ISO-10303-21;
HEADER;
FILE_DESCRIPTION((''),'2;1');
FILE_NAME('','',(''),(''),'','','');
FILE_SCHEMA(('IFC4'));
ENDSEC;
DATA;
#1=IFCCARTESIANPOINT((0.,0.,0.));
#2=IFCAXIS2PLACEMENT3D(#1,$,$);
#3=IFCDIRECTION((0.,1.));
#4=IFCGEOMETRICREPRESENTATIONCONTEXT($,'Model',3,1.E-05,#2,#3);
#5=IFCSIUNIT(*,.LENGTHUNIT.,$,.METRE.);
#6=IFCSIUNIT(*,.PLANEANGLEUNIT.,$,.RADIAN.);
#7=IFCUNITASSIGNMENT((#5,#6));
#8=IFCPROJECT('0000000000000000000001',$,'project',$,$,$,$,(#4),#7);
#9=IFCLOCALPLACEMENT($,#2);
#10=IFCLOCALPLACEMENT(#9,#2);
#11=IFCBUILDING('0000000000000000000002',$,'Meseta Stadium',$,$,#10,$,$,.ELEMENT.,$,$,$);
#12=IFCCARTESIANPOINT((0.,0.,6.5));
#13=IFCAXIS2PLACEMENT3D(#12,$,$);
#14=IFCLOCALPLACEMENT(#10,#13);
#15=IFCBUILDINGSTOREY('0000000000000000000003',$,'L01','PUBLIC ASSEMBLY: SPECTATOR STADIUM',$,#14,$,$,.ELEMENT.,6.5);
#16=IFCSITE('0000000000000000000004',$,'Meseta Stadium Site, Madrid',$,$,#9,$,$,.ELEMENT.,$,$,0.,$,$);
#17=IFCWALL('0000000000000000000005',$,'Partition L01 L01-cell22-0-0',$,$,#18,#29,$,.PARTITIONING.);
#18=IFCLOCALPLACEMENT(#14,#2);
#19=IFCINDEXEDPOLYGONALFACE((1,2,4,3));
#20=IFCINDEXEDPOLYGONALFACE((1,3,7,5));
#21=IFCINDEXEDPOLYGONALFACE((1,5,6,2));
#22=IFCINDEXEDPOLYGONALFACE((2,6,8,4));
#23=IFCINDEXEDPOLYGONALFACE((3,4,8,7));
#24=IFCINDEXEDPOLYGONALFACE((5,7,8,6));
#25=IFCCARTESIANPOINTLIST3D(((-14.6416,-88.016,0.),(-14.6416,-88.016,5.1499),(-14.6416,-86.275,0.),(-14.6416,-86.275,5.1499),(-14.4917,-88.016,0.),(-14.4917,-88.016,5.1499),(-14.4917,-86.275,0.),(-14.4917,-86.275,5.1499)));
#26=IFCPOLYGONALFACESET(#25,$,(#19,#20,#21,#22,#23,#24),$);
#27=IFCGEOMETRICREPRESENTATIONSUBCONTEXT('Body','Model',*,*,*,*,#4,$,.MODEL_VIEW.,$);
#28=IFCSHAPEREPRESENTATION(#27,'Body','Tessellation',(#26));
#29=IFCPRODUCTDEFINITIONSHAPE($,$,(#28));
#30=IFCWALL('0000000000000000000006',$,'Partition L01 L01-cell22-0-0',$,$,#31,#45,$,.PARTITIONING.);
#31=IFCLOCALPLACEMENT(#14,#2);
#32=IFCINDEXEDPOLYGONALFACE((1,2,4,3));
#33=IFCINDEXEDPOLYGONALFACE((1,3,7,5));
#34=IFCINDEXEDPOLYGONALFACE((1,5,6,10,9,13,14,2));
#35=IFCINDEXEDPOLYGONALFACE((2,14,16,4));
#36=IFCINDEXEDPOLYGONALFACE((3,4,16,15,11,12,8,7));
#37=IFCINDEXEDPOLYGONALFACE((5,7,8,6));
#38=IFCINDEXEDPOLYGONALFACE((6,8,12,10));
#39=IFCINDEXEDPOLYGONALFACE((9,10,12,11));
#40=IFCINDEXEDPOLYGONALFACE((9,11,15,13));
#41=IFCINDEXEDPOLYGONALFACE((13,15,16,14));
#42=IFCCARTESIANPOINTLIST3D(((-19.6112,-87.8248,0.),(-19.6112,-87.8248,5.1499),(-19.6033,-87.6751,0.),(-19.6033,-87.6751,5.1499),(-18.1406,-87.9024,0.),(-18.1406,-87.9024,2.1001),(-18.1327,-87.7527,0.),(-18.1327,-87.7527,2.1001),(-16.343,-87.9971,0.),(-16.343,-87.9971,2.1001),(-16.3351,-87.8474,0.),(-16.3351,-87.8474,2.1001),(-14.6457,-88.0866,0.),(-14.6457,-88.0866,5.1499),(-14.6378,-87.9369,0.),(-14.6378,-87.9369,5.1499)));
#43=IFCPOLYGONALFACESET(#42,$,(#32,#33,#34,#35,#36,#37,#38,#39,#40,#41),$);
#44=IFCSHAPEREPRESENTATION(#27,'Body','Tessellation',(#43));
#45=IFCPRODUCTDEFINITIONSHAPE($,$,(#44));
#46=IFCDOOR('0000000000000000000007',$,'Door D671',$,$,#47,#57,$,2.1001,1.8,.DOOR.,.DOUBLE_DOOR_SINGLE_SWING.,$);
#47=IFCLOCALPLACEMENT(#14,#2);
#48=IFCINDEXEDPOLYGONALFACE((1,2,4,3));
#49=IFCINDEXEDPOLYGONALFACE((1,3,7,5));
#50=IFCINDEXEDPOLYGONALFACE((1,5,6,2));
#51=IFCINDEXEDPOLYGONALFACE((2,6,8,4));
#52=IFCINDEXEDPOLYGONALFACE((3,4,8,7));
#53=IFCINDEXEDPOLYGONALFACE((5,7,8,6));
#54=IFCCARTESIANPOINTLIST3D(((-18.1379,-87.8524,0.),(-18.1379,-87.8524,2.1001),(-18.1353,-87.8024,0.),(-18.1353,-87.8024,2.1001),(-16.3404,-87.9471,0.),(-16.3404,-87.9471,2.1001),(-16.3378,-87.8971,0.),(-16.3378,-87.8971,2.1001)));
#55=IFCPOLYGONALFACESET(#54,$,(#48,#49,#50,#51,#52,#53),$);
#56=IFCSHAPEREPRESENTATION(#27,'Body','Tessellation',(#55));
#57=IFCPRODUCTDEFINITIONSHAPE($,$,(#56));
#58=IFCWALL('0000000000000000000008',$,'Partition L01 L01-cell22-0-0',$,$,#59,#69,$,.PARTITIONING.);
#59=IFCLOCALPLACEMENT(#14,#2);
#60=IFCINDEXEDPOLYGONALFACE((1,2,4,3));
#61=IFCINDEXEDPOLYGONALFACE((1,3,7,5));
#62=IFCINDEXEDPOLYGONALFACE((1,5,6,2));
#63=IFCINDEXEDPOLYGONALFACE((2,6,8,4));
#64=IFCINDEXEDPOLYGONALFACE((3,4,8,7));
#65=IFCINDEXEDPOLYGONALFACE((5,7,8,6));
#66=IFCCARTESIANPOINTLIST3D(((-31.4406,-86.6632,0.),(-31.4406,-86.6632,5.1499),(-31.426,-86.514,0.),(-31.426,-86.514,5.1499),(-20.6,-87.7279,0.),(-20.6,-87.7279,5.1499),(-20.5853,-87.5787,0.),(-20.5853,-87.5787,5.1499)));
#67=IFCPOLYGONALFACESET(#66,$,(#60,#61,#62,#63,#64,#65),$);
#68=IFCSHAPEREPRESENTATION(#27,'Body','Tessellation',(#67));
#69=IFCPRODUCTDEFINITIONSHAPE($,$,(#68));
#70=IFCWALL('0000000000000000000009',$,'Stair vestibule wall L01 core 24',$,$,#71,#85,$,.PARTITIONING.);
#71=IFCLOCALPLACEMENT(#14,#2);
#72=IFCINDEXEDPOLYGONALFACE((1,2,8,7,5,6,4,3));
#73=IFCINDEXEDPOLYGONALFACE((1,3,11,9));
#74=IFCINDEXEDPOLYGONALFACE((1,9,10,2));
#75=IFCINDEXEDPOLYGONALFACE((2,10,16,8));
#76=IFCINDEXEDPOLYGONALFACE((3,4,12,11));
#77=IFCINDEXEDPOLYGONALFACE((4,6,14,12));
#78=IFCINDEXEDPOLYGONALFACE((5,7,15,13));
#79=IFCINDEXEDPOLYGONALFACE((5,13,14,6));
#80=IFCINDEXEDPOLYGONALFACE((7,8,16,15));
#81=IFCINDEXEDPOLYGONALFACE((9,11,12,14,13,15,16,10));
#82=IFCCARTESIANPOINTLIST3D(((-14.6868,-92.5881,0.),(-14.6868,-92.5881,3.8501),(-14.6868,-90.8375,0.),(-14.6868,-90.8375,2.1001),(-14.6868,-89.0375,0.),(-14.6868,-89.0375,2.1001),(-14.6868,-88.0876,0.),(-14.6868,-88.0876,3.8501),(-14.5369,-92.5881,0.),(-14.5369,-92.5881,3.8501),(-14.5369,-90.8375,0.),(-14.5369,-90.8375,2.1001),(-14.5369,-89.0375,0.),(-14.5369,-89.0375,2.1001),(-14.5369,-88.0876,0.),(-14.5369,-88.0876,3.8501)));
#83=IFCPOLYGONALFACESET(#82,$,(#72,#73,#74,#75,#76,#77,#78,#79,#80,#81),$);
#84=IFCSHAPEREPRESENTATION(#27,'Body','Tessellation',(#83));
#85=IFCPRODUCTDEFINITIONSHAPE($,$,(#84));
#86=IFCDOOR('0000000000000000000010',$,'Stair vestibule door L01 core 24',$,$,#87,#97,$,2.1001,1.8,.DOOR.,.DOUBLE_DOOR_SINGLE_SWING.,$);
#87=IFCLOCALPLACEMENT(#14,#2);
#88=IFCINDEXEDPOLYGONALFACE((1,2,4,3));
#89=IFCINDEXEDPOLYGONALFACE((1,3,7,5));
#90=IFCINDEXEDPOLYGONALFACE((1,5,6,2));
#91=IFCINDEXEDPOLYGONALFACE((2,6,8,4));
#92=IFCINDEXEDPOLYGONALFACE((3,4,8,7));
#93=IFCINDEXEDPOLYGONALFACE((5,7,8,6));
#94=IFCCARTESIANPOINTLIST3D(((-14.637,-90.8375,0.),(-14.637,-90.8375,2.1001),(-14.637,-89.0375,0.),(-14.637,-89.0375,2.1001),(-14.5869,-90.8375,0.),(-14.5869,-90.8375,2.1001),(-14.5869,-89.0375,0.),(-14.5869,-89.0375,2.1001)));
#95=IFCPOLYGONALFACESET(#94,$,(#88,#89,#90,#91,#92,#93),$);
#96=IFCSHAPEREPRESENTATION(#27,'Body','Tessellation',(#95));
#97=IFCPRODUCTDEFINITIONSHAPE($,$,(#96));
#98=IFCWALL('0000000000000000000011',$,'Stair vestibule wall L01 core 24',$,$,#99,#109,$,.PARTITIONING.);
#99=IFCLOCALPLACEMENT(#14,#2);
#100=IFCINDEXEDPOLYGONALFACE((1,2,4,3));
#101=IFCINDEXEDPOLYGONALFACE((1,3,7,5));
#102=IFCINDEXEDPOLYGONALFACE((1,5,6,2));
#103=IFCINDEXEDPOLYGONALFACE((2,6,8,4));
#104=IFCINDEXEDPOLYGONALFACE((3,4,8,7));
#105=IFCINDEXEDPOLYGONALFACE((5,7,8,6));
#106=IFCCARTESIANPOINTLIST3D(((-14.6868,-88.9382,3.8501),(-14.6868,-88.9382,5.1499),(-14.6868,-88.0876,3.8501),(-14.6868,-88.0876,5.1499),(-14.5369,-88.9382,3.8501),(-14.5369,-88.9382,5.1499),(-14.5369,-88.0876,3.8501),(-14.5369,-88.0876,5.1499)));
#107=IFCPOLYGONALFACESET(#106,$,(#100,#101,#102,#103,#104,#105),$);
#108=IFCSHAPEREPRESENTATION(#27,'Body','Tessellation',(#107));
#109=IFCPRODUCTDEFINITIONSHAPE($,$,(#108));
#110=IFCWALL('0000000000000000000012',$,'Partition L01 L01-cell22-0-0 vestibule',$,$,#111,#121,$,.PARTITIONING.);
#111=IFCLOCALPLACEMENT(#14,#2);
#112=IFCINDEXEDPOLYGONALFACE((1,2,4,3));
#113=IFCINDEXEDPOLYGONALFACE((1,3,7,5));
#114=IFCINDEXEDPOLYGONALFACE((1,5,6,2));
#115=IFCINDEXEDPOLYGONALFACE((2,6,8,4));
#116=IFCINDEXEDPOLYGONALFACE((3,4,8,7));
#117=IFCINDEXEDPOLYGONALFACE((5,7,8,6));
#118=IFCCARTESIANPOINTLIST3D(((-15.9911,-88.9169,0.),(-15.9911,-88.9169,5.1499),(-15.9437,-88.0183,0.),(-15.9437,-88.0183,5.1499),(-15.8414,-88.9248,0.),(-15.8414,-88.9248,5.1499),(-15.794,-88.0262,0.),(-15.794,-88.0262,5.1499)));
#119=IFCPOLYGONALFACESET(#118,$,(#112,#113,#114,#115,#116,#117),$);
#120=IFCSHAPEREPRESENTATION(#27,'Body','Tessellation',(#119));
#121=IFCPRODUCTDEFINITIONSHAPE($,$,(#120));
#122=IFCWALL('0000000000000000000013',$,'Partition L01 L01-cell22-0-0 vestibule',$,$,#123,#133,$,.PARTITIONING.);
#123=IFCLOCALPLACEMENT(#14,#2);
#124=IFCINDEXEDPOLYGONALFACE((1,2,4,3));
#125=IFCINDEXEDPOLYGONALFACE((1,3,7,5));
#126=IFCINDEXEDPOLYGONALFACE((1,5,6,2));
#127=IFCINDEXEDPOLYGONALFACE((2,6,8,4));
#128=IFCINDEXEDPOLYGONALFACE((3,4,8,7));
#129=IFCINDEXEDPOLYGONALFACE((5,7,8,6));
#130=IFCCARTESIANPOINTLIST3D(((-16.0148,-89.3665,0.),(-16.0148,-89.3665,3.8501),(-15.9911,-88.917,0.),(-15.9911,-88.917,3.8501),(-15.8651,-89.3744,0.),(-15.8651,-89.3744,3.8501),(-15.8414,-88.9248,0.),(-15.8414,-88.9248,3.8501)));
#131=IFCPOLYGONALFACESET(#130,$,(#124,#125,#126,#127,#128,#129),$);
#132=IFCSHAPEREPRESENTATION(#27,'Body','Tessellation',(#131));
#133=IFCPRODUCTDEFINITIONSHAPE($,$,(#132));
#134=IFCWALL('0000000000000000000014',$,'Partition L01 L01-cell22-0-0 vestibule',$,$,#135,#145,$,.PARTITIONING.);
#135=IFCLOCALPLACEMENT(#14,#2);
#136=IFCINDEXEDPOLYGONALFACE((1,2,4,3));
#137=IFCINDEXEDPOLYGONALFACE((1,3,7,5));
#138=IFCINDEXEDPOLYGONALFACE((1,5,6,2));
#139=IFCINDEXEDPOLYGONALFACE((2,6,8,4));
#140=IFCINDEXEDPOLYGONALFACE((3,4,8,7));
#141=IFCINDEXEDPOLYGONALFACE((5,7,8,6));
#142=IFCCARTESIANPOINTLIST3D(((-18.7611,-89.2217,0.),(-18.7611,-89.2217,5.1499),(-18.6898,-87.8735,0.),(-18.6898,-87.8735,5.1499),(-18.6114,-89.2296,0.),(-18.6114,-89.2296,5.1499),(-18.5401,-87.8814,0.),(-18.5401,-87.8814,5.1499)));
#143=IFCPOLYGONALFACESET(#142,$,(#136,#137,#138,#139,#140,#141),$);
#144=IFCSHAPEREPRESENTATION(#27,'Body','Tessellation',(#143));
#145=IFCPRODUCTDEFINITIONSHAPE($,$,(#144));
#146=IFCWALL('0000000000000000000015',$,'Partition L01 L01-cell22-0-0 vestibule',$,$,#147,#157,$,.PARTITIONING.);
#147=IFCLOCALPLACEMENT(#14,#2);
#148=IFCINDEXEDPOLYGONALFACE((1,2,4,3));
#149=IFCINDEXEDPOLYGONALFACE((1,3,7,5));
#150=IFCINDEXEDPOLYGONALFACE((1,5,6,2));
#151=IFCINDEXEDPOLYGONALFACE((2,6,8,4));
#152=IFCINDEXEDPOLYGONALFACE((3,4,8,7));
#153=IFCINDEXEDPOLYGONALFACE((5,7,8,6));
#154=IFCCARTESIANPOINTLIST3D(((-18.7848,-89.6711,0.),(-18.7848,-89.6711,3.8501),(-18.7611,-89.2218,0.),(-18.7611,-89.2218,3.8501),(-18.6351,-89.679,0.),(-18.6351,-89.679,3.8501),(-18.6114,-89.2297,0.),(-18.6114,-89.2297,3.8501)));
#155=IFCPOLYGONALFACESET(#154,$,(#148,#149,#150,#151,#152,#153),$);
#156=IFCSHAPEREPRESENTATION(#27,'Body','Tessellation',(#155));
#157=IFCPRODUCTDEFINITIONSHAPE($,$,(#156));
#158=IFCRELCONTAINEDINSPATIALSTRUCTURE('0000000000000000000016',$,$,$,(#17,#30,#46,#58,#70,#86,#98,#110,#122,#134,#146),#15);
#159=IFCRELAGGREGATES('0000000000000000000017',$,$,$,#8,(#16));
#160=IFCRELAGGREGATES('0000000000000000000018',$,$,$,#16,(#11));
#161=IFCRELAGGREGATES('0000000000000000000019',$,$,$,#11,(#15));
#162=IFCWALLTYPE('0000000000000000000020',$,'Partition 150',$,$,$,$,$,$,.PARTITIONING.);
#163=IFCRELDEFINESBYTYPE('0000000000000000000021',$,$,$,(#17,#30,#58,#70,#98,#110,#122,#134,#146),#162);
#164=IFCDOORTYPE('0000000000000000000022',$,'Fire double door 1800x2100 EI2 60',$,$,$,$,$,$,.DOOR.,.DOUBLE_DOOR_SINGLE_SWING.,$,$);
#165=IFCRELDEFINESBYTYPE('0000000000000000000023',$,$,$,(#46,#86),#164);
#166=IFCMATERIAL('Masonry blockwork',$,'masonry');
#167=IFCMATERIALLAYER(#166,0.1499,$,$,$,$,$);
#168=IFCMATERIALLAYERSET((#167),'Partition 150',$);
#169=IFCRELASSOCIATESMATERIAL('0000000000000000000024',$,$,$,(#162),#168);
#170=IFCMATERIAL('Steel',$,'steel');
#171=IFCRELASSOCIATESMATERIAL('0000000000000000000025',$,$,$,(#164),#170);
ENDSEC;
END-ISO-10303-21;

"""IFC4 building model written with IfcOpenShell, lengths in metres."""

from ifc_helpers import new_model, si_unit, direction, frame, frame_2d, origin, place, context, subcontext, project, spatial, rectangle, extrude, material, layer, layer_set, type_object, element, fill, save


model = new_model("IFC4")

# Units and contexts
model_context = context("Model", 3, precision=1e-05, world=origin(), true_north=direction((0.0, 1.0)))
body_context = subcontext(model_context, "Body", "Model", "MODEL_VIEW")
ifc_project = project(units=[si_unit("LENGTHUNIT", "METRE"), si_unit("PLANEANGLEUNIT", "RADIAN")], contexts=[model_context])

# Site, building, storey
site_placement = place(None, origin())
site = spatial("IfcSite", under=ifc_project, at=site_placement, Name="Meseta Stadium Site, Madrid", CompositionType="ELEMENT", RefElevation=0.0)
building_placement = place(site_placement, origin())
building = spatial("IfcBuilding", under=site, at=building_placement, Name="Meseta Stadium", CompositionType="ELEMENT")
storey_placement = place(building_placement, frame((0.0, 0.0, 6.5)))
storey = spatial("IfcBuildingStorey", under=building, at=storey_placement, Name="L01", Description="PUBLIC ASSEMBLY: SPECTATOR STADIUM", CompositionType="ELEMENT", Elevation=6.5)

# Wall
ifc_material_1 = material(Name="Masonry blockwork", Category="masonry")
ifc_layer_1 = layer(ifc_material_1, 0.1499)
ifc_layer_set_1 = layer_set([ifc_layer_1], Name="Partition 150")
wall_type = type_object("IfcWallType", Name="Partition 150", PredefinedType="PARTITIONING", material=ifc_layer_set_1)
wall_1_placement = place(storey_placement, frame((-14.5667, -86.2749, 0.0), z_axis=(0.0, 0.0, 1.0), x_axis=(0.0, -1.0, 0.0)))
element("IfcWall", 1, at=wall_1_placement, inside=storey, type_object=wall_type, Name="Partition L01 L01-cell22-0-0", PredefinedType="PARTITIONING", context=body_context, shape_type="SweptSolid", body=[
    extrude(rectangle(XDim=1.741, YDim=0.1499, at=frame_2d((0.8706, 0.0))), origin(), (0.0, 0.0, 1.0), 5.1499),
])

# Wall, opening, door
wall_2_placement = place(storey_placement, frame((-14.6416, -88.0117, 0.0), z_axis=(0.0, 0.0, 1.0), x_axis=(-0.998614, 0.052634, 0.0)))
wall_2 = element("IfcWall", 2, at=wall_2_placement, inside=storey, type_object=wall_type, Name="Partition L01 L01-cell22-0-0", PredefinedType="PARTITIONING", context=body_context, shape_type="SweptSolid", body=[
    extrude(rectangle(XDim=4.9724, YDim=0.1499, at=frame_2d((2.4863, 0.0))), origin(), (0.0, 0.0, 1.0), 5.1499),
])
opening_1_placement = place(wall_2_placement, frame((1.7, 0.0, 0.0)))
opening_1 = element("IfcOpeningElement", 3, at=opening_1_placement, cuts=wall_2, PredefinedType="OPENING", context=body_context, shape_type="SweptSolid", body=[
    extrude(rectangle(XDim=1.8, YDim=2.1001, at=frame_2d((0.8999, 1.05))), frame((0.0, 0.085, 0.0), z_axis=(0.0, -1.0, 0.0), x_axis=(1.0, 0.0, 0.0)), (0.0, 0.0, 1.0), 0.1699),
])
ifc_material_2 = material(Name="Steel", Category="steel")
door_type = type_object("IfcDoorType", Name="Fire double door 1800x2100 EI2 60", OperationType="DOUBLE_DOOR_SINGLE_SWING", PredefinedType="DOOR", material=ifc_material_2)
door_1_placement = place(opening_1_placement, origin())
door_1 = element("IfcDoor", 4, at=door_1_placement, inside=storey, type_object=door_type, Name="Door D671", OperationType="DOUBLE_DOOR_SINGLE_SWING", OverallHeight=2.1001, OverallWidth=1.8, PredefinedType="DOOR", context=body_context, shape_type="SweptSolid", body=[
    extrude(rectangle(XDim=1.8, YDim=2.1001, at=frame_2d((0.8999, 1.05))), frame((0.0, 0.0249, 0.0), z_axis=(0.0, -1.0, 0.0), x_axis=(1.0, 0.0, 0.0)), (0.0, 0.0, 1.0), 0.05),
])
fill(opening_1, door_1)

# Wall
wall_3_placement = place(storey_placement, frame((-20.5928, -87.6533, 0.0), z_axis=(0.0, 0.0, 1.0), x_axis=(-0.995212, 0.097744, 0.0)))
element("IfcWall", 5, at=wall_3_placement, inside=storey, type_object=wall_type, Name="Partition L01 L01-cell22-0-0", PredefinedType="PARTITIONING", context=body_context, shape_type="SweptSolid", body=[
    extrude(rectangle(XDim=10.8928, YDim=0.1499, at=frame_2d((5.4463, 0.0))), origin(), (0.0, 0.0, 1.0), 5.1499),
])

# Wall, opening, door
wall_4_placement = place(storey_placement, frame((-14.6118, -88.0876, 0.0), z_axis=(0.0, 0.0, 1.0), x_axis=(0.0, -1.0, 0.0)))
wall_4 = element("IfcWall", 6, at=wall_4_placement, inside=storey, type_object=wall_type, Name="Stair vestibule wall L01 core 24", PredefinedType="PARTITIONING", context=body_context, shape_type="SweptSolid", body=[
    extrude(rectangle(XDim=4.5005, YDim=0.1499, at=frame_2d((2.2502, 0.0))), origin(), (0.0, 0.0, 1.0), 3.8501),
])
opening_2_placement = place(wall_4_placement, frame((0.95, 0.0, 0.0)))
opening_2 = element("IfcOpeningElement", 7, at=opening_2_placement, cuts=wall_4, PredefinedType="OPENING", context=body_context, shape_type="SweptSolid", body=[
    extrude(rectangle(XDim=1.8, YDim=2.1001, at=frame_2d((0.8999, 1.05))), frame((0.0, 0.085, 0.0), z_axis=(0.0, -1.0, 0.0), x_axis=(1.0, 0.0, 0.0)), (0.0, 0.0, 1.0), 0.1699),
])
door_2_placement = place(opening_2_placement, origin())
door_2 = element("IfcDoor", 8, at=door_2_placement, inside=storey, type_object=door_type, Name="Stair vestibule door L01 core 24", OperationType="DOUBLE_DOOR_SINGLE_SWING", OverallHeight=2.1001, OverallWidth=1.8, PredefinedType="DOOR", context=body_context, shape_type="SweptSolid", body=[
    extrude(rectangle(XDim=1.8, YDim=2.1001, at=frame_2d((0.8999, 1.05))), frame((0.0, 0.0249, 0.0), z_axis=(0.0, -1.0, 0.0), x_axis=(1.0, 0.0, 0.0)), (0.0, 0.0, 1.0), 0.05),
])
fill(opening_2, door_2)

# Walls
wall_5_placement = place(storey_placement, frame((-14.6118, -88.0876, 3.8501), z_axis=(0.0, 0.0, 1.0), x_axis=(0.0, -1.0, 0.0)))
element("IfcWall", 9, at=wall_5_placement, inside=storey, type_object=wall_type, Name="Stair vestibule wall L01 core 24", PredefinedType="PARTITIONING", context=body_context, shape_type="SweptSolid", body=[
    extrude(rectangle(XDim=0.8506, YDim=0.1499, at=frame_2d((0.4253, 0.0))), origin(), (0.0, 0.0, 1.0), 1.2998),
])
wall_6_placement = place(storey_placement, frame((-15.8689, -88.0222, 0.0), z_axis=(0.0, 0.0, 1.0), x_axis=(-0.05263, -0.998614, 0.0)))
element("IfcWall", 10, at=wall_6_placement, inside=storey, type_object=wall_type, Name="Partition L01 L01-cell22-0-0 vestibule", PredefinedType="PARTITIONING", context=body_context, shape_type="SweptSolid", body=[
    extrude(rectangle(XDim=0.8999, YDim=0.1499, at=frame_2d((0.45, 0.0))), origin(), (0.0, 0.0, 1.0), 5.1499),
])
wall_7_placement = place(storey_placement, frame((-15.9163, -88.9209, 0.0), z_axis=(0.0, 0.0, 1.0), x_axis=(-0.052616, -0.998615, 0.0)))
element("IfcWall", 11, at=wall_7_placement, inside=storey, type_object=wall_type, Name="Partition L01 L01-cell22-0-0 vestibule", PredefinedType="PARTITIONING", context=body_context, shape_type="SweptSolid", body=[
    extrude(rectangle(XDim=0.4502, YDim=0.1499, at=frame_2d((0.2251, 0.0))), origin(), (0.0, 0.0, 1.0), 3.8501),
])
wall_8_placement = place(storey_placement, frame((-18.615, -87.8774, 0.0), z_axis=(0.0, 0.0, 1.0), x_axis=(-0.052806, -0.998605, 0.0)))
element("IfcWall", 12, at=wall_8_placement, inside=storey, type_object=wall_type, Name="Partition L01 L01-cell22-0-0 vestibule", PredefinedType="PARTITIONING", context=body_context, shape_type="SweptSolid", body=[
    extrude(rectangle(XDim=1.3501, YDim=0.1499, at=frame_2d((0.675, 0.0))), origin(), (0.0, 0.0, 1.0), 5.1499),
])
wall_9_placement = place(storey_placement, frame((-18.6863, -89.2256, 0.0), z_axis=(0.0, 0.0, 1.0), x_axis=(-0.052644, -0.998613, 0.0)))
element("IfcWall", 13, at=wall_9_placement, inside=storey, type_object=wall_type, Name="Partition L01 L01-cell22-0-0 vestibule", PredefinedType="PARTITIONING", context=body_context, shape_type="SweptSolid", body=[
    extrude(rectangle(XDim=0.45, YDim=0.1499, at=frame_2d((0.2251, 0.0))), origin(), (0.0, 0.0, 1.0), 3.8501),
])

save(model, "model.ifc")
